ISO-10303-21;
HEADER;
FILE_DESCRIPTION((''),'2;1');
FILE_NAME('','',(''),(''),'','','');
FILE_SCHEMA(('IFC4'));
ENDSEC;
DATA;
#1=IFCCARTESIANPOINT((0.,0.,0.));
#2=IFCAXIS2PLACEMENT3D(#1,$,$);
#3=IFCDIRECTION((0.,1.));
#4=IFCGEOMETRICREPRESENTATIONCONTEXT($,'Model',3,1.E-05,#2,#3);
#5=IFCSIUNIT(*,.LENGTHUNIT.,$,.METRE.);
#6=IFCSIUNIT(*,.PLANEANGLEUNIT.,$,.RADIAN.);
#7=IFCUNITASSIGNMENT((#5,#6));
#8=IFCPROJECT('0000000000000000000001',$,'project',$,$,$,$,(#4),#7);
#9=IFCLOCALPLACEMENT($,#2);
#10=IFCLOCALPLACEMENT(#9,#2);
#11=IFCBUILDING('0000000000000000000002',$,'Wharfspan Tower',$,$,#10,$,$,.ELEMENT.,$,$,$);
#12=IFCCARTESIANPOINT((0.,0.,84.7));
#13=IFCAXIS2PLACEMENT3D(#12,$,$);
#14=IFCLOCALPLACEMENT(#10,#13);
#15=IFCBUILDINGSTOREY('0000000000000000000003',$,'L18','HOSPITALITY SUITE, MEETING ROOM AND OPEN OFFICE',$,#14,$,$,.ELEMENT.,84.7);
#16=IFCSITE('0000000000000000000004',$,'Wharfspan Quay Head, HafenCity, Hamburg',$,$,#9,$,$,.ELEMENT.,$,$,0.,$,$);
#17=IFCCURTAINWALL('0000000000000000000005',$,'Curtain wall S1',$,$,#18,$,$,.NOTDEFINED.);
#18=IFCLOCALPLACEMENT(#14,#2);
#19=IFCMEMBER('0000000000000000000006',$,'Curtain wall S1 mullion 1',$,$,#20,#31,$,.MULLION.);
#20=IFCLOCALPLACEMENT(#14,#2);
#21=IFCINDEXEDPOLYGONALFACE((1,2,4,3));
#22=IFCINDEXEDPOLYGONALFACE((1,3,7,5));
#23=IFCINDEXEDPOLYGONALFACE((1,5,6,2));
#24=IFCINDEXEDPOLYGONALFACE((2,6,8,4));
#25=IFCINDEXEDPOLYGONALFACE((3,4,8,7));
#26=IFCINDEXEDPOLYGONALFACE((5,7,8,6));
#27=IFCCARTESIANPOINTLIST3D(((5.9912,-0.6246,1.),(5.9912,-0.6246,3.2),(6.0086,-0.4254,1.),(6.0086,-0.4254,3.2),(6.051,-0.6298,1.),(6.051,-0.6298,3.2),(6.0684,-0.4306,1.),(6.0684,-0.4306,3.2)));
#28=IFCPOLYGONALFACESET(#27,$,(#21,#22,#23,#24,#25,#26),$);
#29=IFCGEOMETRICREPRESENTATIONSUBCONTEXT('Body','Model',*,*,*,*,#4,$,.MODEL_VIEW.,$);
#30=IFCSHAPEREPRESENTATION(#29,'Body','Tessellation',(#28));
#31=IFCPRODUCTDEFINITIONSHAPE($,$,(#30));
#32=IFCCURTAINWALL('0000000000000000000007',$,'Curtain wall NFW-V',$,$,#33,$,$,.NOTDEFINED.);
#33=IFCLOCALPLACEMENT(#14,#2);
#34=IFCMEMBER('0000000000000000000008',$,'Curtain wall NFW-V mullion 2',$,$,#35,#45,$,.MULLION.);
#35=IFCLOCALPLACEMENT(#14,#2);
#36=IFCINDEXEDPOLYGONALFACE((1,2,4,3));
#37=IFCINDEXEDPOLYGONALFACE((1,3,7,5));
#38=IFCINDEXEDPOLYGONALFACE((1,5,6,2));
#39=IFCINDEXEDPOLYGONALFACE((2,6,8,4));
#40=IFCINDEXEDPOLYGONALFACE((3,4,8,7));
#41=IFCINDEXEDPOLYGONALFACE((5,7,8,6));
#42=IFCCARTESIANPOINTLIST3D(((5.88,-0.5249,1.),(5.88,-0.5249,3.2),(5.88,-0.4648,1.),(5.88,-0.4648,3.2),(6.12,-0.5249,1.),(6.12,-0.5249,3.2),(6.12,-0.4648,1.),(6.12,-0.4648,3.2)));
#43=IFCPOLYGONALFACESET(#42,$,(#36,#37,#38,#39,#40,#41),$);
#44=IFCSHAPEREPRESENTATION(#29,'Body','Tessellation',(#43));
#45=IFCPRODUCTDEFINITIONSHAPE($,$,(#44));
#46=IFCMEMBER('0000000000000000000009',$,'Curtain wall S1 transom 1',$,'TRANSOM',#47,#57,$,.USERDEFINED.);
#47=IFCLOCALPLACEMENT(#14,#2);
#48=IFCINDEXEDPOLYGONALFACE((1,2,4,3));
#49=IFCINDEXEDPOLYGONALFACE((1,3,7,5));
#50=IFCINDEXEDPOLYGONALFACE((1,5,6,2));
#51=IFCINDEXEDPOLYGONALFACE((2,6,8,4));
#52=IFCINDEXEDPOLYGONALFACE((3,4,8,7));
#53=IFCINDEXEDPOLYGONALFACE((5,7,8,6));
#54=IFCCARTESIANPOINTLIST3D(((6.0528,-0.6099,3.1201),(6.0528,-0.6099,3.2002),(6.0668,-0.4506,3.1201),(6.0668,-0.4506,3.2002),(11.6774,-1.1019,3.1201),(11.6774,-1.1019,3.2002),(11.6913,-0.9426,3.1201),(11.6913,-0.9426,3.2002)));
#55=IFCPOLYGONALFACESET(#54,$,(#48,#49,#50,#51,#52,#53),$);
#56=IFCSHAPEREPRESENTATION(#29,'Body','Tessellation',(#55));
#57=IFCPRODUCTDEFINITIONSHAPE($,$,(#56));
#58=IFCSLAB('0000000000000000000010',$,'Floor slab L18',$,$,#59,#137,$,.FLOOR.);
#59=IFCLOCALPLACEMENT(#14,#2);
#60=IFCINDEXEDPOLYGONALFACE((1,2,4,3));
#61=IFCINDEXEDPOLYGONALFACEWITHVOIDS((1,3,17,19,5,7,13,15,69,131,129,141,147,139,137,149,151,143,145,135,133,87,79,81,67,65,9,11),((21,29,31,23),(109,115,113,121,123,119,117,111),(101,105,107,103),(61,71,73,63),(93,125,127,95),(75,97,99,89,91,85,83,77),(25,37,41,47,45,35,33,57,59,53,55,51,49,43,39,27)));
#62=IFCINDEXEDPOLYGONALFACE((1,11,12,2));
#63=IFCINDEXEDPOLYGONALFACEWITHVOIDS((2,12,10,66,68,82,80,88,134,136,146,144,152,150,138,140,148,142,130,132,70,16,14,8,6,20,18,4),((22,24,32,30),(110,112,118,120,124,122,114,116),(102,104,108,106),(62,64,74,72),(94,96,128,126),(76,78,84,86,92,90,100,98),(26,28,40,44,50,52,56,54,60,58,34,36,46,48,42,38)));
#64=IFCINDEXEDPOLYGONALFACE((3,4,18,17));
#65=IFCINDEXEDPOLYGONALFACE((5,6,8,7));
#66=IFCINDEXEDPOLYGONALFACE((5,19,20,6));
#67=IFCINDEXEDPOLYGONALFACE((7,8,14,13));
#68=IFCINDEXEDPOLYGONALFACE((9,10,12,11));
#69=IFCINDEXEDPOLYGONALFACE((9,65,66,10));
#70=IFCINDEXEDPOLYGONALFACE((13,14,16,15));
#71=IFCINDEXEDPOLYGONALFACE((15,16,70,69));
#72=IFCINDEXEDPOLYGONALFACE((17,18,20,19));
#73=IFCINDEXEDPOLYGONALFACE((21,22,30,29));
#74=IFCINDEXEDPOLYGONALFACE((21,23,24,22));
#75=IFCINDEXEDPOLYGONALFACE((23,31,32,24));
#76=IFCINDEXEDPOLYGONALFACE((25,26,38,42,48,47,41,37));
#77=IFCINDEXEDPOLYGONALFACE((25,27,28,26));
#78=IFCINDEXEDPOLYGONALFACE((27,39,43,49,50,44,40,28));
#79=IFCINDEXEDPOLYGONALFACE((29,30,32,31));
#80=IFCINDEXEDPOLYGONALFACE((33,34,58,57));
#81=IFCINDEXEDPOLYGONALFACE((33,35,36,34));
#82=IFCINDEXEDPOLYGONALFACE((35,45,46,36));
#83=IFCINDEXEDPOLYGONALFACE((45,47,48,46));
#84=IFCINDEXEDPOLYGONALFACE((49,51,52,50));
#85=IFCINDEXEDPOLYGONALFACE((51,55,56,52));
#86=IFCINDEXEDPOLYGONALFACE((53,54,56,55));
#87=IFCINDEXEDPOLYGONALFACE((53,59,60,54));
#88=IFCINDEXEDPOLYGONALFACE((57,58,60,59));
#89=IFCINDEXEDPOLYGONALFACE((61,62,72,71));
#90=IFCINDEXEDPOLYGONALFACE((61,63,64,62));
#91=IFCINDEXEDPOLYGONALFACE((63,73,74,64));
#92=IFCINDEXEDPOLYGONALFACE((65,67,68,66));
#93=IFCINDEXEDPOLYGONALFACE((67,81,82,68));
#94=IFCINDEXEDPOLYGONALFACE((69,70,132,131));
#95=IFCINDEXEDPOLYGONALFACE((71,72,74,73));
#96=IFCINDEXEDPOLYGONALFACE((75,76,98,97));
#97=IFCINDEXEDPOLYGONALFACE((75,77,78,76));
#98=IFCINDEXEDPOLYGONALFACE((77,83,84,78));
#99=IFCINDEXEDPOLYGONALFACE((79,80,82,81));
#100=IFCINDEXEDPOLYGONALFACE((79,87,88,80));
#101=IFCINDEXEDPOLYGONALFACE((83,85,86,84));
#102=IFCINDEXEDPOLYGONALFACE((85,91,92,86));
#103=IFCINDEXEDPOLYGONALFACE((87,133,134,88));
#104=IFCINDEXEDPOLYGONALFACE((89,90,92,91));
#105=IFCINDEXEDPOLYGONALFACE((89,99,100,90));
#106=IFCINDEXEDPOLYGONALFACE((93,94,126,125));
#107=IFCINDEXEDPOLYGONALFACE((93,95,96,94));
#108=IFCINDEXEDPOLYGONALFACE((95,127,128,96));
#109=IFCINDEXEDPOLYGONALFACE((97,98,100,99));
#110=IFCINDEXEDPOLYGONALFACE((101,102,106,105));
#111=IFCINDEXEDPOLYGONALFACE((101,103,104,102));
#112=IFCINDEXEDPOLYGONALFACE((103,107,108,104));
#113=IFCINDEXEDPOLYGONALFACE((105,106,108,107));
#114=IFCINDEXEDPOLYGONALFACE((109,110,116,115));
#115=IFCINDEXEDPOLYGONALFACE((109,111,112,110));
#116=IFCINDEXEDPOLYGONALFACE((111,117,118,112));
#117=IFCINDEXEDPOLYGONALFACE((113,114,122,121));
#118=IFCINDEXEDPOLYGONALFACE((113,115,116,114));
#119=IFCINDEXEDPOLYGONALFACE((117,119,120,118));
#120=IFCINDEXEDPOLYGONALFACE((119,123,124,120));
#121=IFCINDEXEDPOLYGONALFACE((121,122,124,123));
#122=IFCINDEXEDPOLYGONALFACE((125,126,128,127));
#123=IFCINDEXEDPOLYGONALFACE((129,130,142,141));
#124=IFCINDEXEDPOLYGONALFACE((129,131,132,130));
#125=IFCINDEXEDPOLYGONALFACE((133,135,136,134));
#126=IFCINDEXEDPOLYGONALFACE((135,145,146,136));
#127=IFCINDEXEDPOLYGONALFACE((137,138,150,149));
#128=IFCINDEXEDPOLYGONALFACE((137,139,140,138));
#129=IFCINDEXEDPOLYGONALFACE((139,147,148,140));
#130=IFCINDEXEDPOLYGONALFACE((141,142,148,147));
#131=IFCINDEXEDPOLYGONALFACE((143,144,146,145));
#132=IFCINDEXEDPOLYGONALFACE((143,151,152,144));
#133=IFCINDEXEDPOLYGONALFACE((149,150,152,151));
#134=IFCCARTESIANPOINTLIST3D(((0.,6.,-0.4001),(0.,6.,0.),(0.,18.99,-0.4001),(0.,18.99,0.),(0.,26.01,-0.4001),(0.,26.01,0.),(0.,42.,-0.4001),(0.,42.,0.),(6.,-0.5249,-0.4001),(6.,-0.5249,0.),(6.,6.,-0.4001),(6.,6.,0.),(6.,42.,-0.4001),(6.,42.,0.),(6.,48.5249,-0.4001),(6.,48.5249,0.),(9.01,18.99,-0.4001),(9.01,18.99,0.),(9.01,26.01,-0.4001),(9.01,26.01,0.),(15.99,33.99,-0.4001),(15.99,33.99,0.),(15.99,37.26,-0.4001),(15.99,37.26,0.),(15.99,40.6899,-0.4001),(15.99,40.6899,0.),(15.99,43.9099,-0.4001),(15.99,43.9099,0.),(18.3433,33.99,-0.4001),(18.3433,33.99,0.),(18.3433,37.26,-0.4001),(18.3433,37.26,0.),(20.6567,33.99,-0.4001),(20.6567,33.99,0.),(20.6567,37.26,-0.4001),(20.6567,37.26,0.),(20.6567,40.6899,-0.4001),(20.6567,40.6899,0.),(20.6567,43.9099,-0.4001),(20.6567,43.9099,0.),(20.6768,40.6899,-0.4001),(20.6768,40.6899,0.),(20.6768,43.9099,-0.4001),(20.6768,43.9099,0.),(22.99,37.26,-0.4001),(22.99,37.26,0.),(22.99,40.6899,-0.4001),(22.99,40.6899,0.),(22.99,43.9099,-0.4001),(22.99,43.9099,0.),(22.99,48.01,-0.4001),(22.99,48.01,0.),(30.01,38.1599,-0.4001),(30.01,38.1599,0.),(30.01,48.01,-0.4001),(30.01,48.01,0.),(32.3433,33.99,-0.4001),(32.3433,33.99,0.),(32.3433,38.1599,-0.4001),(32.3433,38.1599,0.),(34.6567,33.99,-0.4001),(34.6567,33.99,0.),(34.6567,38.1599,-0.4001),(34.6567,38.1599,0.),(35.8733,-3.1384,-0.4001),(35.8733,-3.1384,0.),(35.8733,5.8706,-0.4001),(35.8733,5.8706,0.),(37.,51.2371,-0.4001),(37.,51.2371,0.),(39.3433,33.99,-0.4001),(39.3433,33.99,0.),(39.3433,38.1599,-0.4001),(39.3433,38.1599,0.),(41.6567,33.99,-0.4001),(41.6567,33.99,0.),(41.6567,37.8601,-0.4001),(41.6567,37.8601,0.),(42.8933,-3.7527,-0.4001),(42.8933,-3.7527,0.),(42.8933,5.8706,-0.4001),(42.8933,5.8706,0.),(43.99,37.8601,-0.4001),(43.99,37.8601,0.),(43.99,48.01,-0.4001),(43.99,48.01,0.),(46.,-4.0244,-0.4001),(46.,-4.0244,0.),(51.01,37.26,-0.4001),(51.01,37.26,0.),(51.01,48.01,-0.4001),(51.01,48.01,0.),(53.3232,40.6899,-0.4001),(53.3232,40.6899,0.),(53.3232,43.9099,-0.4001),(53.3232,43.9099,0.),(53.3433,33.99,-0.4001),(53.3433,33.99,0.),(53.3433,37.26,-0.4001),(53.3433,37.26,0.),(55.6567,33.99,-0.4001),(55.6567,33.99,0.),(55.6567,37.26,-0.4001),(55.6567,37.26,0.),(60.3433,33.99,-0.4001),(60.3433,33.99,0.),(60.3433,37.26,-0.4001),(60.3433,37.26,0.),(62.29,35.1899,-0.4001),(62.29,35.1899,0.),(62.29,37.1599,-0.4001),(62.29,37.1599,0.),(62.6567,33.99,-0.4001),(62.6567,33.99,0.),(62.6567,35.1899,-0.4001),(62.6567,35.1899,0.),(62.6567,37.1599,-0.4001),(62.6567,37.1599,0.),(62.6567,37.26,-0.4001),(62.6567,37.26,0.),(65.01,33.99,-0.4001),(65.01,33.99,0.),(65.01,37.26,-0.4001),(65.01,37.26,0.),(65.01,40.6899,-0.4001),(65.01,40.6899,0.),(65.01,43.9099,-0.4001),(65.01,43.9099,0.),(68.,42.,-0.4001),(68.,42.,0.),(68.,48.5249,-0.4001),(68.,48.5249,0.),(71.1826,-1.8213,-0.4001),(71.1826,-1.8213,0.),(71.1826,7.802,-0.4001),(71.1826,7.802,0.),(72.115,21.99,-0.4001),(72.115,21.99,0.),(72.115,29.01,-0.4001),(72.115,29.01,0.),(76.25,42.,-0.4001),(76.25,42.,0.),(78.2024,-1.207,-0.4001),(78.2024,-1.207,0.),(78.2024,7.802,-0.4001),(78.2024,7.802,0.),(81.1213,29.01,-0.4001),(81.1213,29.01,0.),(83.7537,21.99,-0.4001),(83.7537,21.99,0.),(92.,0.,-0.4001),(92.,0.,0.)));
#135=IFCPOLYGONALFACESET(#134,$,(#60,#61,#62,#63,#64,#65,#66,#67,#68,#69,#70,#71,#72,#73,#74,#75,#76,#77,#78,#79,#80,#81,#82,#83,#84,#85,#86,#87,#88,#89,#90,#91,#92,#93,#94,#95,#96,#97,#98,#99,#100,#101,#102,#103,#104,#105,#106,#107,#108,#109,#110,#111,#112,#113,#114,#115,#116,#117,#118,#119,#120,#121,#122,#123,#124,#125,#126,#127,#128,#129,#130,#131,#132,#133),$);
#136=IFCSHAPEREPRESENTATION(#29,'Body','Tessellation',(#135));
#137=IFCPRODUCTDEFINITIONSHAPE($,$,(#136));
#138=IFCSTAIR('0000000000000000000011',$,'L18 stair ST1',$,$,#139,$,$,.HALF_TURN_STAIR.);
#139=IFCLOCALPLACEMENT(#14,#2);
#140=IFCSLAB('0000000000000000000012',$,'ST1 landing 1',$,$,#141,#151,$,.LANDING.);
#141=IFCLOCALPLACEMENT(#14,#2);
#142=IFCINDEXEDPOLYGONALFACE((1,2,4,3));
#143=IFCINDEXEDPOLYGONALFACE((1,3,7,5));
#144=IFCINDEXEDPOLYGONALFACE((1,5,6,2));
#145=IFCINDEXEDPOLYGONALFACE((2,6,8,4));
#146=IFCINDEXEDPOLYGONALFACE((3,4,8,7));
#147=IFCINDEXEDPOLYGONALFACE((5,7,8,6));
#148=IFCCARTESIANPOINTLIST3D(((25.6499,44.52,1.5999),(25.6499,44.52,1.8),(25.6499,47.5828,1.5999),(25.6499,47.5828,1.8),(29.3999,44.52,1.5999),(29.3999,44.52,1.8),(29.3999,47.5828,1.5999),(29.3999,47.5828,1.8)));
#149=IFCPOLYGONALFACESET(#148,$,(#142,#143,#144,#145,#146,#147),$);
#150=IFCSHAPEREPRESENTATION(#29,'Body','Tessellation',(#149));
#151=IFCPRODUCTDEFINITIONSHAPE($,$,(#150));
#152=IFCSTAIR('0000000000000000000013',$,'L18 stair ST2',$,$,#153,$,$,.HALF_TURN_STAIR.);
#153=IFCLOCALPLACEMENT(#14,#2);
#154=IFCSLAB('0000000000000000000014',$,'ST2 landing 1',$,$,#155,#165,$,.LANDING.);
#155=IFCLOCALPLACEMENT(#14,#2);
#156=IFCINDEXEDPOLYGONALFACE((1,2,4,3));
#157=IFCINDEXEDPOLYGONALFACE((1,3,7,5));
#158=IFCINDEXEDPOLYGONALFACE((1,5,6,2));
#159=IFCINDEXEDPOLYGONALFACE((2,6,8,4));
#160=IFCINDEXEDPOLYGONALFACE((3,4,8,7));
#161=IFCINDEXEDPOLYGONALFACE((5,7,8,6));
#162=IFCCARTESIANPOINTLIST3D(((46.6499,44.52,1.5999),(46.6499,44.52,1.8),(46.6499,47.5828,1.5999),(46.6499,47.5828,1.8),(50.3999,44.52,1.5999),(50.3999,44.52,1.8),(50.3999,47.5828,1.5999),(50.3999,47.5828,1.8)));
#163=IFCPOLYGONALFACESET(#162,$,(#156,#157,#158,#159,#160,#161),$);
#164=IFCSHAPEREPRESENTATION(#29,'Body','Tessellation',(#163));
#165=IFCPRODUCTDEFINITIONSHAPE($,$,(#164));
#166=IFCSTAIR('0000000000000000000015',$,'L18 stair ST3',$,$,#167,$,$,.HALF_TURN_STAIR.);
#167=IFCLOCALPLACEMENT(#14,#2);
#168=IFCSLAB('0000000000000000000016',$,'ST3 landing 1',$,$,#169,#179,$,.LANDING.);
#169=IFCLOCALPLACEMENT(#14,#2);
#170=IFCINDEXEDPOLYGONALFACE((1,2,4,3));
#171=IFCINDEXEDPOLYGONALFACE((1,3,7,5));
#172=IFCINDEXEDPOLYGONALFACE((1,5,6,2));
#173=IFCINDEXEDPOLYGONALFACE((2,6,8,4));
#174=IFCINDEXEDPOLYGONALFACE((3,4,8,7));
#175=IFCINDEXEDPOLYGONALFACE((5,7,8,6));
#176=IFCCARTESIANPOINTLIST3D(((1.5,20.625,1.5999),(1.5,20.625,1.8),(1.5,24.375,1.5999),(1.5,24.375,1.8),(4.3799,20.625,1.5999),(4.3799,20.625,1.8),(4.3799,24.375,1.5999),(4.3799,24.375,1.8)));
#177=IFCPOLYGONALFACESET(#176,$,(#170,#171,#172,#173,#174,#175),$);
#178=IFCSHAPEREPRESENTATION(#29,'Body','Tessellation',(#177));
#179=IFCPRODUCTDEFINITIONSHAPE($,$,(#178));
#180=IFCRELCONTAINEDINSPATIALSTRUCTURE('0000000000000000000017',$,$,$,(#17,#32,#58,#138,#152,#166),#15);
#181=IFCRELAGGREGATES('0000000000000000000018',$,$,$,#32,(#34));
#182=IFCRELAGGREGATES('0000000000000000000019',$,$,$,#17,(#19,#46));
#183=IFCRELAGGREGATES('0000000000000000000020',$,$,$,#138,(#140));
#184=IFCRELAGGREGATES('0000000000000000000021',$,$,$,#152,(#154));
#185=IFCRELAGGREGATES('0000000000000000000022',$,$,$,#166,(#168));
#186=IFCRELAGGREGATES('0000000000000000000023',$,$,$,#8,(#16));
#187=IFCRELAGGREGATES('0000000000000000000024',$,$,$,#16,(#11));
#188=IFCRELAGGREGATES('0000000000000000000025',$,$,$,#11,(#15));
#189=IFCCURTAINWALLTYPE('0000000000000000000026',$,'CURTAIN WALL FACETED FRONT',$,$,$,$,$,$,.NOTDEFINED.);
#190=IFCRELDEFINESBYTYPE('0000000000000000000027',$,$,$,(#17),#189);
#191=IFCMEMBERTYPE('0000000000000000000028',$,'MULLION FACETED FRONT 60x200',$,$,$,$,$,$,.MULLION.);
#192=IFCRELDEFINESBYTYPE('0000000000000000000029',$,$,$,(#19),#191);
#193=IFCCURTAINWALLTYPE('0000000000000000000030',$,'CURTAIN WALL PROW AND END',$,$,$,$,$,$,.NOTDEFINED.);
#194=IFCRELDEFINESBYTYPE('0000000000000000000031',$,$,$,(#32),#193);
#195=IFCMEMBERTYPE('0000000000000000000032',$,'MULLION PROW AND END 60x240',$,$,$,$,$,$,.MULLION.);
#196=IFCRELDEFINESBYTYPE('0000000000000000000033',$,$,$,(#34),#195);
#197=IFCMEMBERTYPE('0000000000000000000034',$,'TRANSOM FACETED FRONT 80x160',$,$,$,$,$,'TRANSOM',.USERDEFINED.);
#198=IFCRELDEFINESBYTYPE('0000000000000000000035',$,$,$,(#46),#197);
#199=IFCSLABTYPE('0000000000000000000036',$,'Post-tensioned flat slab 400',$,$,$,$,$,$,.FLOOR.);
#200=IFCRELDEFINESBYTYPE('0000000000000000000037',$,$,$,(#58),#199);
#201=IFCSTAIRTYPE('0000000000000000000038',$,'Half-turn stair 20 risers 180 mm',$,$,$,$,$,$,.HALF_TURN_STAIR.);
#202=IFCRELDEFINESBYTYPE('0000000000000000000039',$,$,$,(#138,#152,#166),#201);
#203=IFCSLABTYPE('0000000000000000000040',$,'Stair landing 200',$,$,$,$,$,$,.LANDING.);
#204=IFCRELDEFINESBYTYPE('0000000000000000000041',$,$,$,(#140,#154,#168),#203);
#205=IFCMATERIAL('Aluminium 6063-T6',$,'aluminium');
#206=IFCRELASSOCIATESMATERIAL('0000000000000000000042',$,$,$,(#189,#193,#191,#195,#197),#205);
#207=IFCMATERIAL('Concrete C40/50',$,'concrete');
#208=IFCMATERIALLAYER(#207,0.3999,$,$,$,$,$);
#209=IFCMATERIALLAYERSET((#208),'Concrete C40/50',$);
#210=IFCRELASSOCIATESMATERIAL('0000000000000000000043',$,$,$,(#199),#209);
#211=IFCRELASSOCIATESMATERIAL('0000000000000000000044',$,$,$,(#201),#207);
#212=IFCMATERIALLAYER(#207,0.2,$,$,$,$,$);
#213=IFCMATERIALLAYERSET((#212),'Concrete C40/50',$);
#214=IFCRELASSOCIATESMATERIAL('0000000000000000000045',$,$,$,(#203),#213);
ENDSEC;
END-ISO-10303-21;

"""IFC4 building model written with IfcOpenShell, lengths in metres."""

from ifc_helpers import new_model, si_unit, direction, frame, origin, origin_2d, place, context, subcontext, project, spatial, polyline, rectangle, outline, extrude, material, layer, layer_set, material_profile, profile_set, type_object, element, aggregate, save


model = new_model("IFC4")

# Units and contexts
model_context = context("Model", 3, precision=1e-05, world=origin(), true_north=direction((0.0, 1.0)))
body_context = subcontext(model_context, "Body", "Model", "MODEL_VIEW")
ifc_project = project(units=[si_unit("LENGTHUNIT", "METRE"), si_unit("PLANEANGLEUNIT", "RADIAN")], contexts=[model_context])

# Site, building, storey
site_placement = place(None, origin())
site = spatial("IfcSite", under=ifc_project, at=site_placement, Name="Wharfspan Quay Head, HafenCity, Hamburg", CompositionType="ELEMENT", RefElevation=0.0)
building_placement = place(site_placement, origin())
building = spatial("IfcBuilding", under=site, at=building_placement, Name="Wharfspan Tower", CompositionType="ELEMENT")
storey_placement = place(building_placement, frame((0.0, 0.0, 84.7)))
storey = spatial("IfcBuildingStorey", under=building, at=storey_placement, Name="L18", Description="HOSPITALITY SUITE, MEETING ROOM AND OPEN OFFICE", CompositionType="ELEMENT", Elevation=84.7)

# Curtain walls, members
ifc_material_1 = material(Name="Aluminium 6063-T6", Category="aluminium")
curtain_wall_type_1 = type_object("IfcCurtainWallType", Name="CURTAIN WALL FACETED FRONT", PredefinedType="NOTDEFINED", material=ifc_material_1)
curtain_wall_1_placement = place(storey_placement, origin())
curtain_wall_1 = element("IfcCurtainWall", 1, at=curtain_wall_1_placement, inside=storey, type_object=curtain_wall_type_1, Name="Curtain wall S1", PredefinedType="NOTDEFINED")
ifc_material_profile_1 = material_profile(ifc_material_1, rectangle(XDim=0.2, YDim=0.0601, at=origin_2d()))
ifc_profile_set_1 = profile_set([ifc_material_profile_1], Name="Aluminium 6063-T6")
member_type_1 = type_object("IfcMemberType", Name="MULLION FACETED FRONT 60x200", PredefinedType="MULLION", material=ifc_profile_set_1)
member_1_placement = place(storey_placement, frame((6.0298, -0.5276, 1.0), z_axis=(0.0, 0.0, 1.0), x_axis=(0.087156, 0.996197, 0.0)))
member_1 = element("IfcMember", 2, at=member_1_placement, type_object=member_type_1, Name="Curtain wall S1 mullion 1", PredefinedType="MULLION", context=body_context, shape_type="SweptSolid", body=[
    extrude(rectangle(XDim=0.2, YDim=0.0601, at=origin_2d()), origin(), (0.0, 0.0, 1.0), 2.2),
])
curtain_wall_type_2 = type_object("IfcCurtainWallType", Name="CURTAIN WALL PROW AND END", PredefinedType="NOTDEFINED", material=ifc_material_1)
curtain_wall_2_placement = place(storey_placement, origin())
curtain_wall_2 = element("IfcCurtainWall", 3, at=curtain_wall_2_placement, inside=storey, type_object=curtain_wall_type_2, Name="Curtain wall NFW-V", PredefinedType="NOTDEFINED")
ifc_material_profile_2 = material_profile(ifc_material_1, rectangle(XDim=0.24, YDim=0.0601, at=origin_2d()))
ifc_profile_set_2 = profile_set([ifc_material_profile_2], Name="Aluminium 6063-T6")
member_type_2 = type_object("IfcMemberType", Name="MULLION PROW AND END 60x240", PredefinedType="MULLION", material=ifc_profile_set_2)
member_2_placement = place(storey_placement, frame((6.0, -0.4949, 1.0), z_axis=(0.0, 0.0, 1.0), x_axis=(1.0, 0.0, 0.0)))
member_2 = element("IfcMember", 4, at=member_2_placement, type_object=member_type_2, Name="Curtain wall NFW-V mullion 2", PredefinedType="MULLION", context=body_context, shape_type="SweptSolid", body=[
    extrude(rectangle(XDim=0.24, YDim=0.0601, at=origin_2d()), origin(), (0.0, 0.0, 1.0), 2.2),
])
aggregate(curtain_wall_2, [member_2])

# Member
ifc_material_profile_3 = material_profile(ifc_material_1, rectangle(XDim=0.1599, YDim=0.0801, at=origin_2d()))
ifc_profile_set_3 = profile_set([ifc_material_profile_3], Name="Aluminium 6063-T6")
member_type_3 = type_object("IfcMemberType", Name="TRANSOM FACETED FRONT 80x160", ElementType="TRANSOM", PredefinedType="USERDEFINED", material=ifc_profile_set_3)
member_3_placement = place(storey_placement, frame((6.0598, -0.5303, 3.1602), z_axis=(0.996197, -0.087132, 0.0), x_axis=(0.087132, 0.996197, 0.0)))
member_3 = element("IfcMember", 5, at=member_3_placement, type_object=member_type_3, Name="Curtain wall S1 transom 1", ObjectType="TRANSOM", PredefinedType="USERDEFINED", context=body_context, shape_type="SweptSolid", body=[
    extrude(rectangle(XDim=0.1599, YDim=0.0801, at=origin_2d()), origin(), (0.0, 0.0, 1.0), 5.646),
])
aggregate(curtain_wall_1, [member_1, member_3])

# Slab
ifc_material_2 = material(Name="Concrete C40/50", Category="concrete")
ifc_layer_1 = layer(ifc_material_2, 0.3999)
ifc_layer_set_1 = layer_set([ifc_layer_1], Name="Concrete C40/50")
slab_type_1 = type_object("IfcSlabType", Name="Post-tensioned flat slab 400", PredefinedType="FLOOR", material=ifc_layer_set_1)
slab_1_placement = place(storey_placement, frame((0.0, 0.0, -0.4001)))
element("IfcSlab", 6, at=slab_1_placement, inside=storey, type_object=slab_type_1, Name="Floor slab L18", PredefinedType="FLOOR", context=body_context, shape_type="SweptSolid", body=[
    extrude(outline(polyline([(35.8733, -3.1384), (35.8733, 5.8706), (42.8933, 5.8706), (42.8933, -3.7527), (46.0, -4.0244), (71.1826, -1.8213), (71.1826, 7.802), (78.2024, 7.802), (78.2024, -1.207), (92.0, 0.0), (83.7537, 21.99), (72.115, 21.99), (72.115, 29.01), (81.1213, 29.01), (76.25, 42.0), (68.0, 42.0), (68.0, 48.5249), (37.0, 51.2371), (6.0, 48.5249), (6.0, 42.0), (0.0, 42.0), (0.0, 26.01), (9.01, 26.01), (9.01, 18.99), (0.0, 18.99), (0.0, 6.0), (6.0, 6.0), (6.0, -0.5249), (35.8733, -3.1384)]), holes=[polyline([(62.29, 37.1599), (62.6567, 37.1599), (62.6567, 37.26), (65.01, 37.26), (65.01, 33.99), (62.6567, 33.99), (62.6567, 35.1899), (62.29, 35.1899), (62.29, 37.1599)]), polyline([(65.01, 43.9099), (65.01, 40.6899), (53.3232, 40.6899), (53.3232, 43.9099), (65.01, 43.9099)]), polyline([(55.6567, 33.99), (55.6567, 37.26), (60.3433, 37.26), (60.3433, 33.99), (55.6567, 33.99)]), polyline([(43.99, 37.8601), (43.99, 48.01), (51.01, 48.01), (51.01, 37.26), (53.3433, 37.26), (53.3433, 33.99), (41.6567, 33.99), (41.6567, 37.8601), (43.99, 37.8601)]), polyline([(34.6567, 33.99), (34.6567, 38.1599), (39.3433, 38.1599), (39.3433, 33.99), (34.6567, 33.99)]), polyline([(15.99, 40.6899), (15.99, 43.9099), (20.6567, 43.9099), (20.6768, 43.9099), (22.99, 43.9099), (22.99, 48.01), (30.01, 48.01), (30.01, 38.1599), (32.3433, 38.1599), (32.3433, 33.99), (20.6567, 33.99), (20.6567, 37.26), (22.99, 37.26), (22.99, 40.6899), (20.6768, 40.6899), (20.6567, 40.6899), (15.99, 40.6899)]), polyline([(18.3433, 37.26), (18.3433, 33.99), (15.99, 33.99), (15.99, 37.26), (18.3433, 37.26)])]), origin(), (0.0, 0.0, 1.0), 0.4001),
])

# Stairs, slabs
stair_type = type_object("IfcStairType", Name="Half-turn stair 20 risers 180 mm", PredefinedType="HALF_TURN_STAIR", material=ifc_material_2)
stair_1_placement = place(storey_placement, origin())
stair_1 = element("IfcStair", 7, at=stair_1_placement, inside=storey, type_object=stair_type, Name="L18 stair ST1", PredefinedType="HALF_TURN_STAIR")
ifc_layer_2 = layer(ifc_material_2, 0.2)
ifc_layer_set_2 = layer_set([ifc_layer_2], Name="Concrete C40/50")
slab_type_2 = type_object("IfcSlabType", Name="Stair landing 200", PredefinedType="LANDING", material=ifc_layer_set_2)
slab_2_placement = place(storey_placement, frame((0.0, 0.0, 1.5999)))
slab_2 = element("IfcSlab", 8, at=slab_2_placement, type_object=slab_type_2, Name="ST1 landing 1", PredefinedType="LANDING", context=body_context, shape_type="SweptSolid", body=[
    extrude(outline(polyline([(25.6499, 44.52), (29.3999, 44.52), (29.3999, 47.5828), (25.6499, 47.5828), (25.6499, 44.52)])), origin(), (0.0, 0.0, 1.0), 0.2002),
])
aggregate(stair_1, [slab_2])
stair_2_placement = place(storey_placement, origin())
stair_2 = element("IfcStair", 9, at=stair_2_placement, inside=storey, type_object=stair_type, Name="L18 stair ST2", PredefinedType="HALF_TURN_STAIR")
slab_3_placement = place(storey_placement, frame((0.0, 0.0, 1.5999)))
slab_3 = element("IfcSlab", 10, at=slab_3_placement, type_object=slab_type_2, Name="ST2 landing 1", PredefinedType="LANDING", context=body_context, shape_type="SweptSolid", body=[
    extrude(outline(polyline([(46.6499, 44.52), (50.3999, 44.52), (50.3999, 47.5828), (46.6499, 47.5828), (46.6499, 44.52)])), origin(), (0.0, 0.0, 1.0), 0.2002),
])
aggregate(stair_2, [slab_3])
stair_3_placement = place(storey_placement, origin())
stair_3 = element("IfcStair", 11, at=stair_3_placement, inside=storey, type_object=stair_type, Name="L18 stair ST3", PredefinedType="HALF_TURN_STAIR")
slab_4_placement = place(storey_placement, frame((0.0, 0.0, 1.5999)))
slab_4 = element("IfcSlab", 12, at=slab_4_placement, type_object=slab_type_2, Name="ST3 landing 1", PredefinedType="LANDING", context=body_context, shape_type="SweptSolid", body=[
    extrude(outline(polyline([(4.3799, 24.375), (1.5, 24.375), (1.5, 20.625), (4.3799, 20.625), (4.3799, 24.375)])), origin(), (0.0, 0.0, 1.0), 0.2002),
])
aggregate(stair_3, [slab_4])

save(model, "model.ifc")
